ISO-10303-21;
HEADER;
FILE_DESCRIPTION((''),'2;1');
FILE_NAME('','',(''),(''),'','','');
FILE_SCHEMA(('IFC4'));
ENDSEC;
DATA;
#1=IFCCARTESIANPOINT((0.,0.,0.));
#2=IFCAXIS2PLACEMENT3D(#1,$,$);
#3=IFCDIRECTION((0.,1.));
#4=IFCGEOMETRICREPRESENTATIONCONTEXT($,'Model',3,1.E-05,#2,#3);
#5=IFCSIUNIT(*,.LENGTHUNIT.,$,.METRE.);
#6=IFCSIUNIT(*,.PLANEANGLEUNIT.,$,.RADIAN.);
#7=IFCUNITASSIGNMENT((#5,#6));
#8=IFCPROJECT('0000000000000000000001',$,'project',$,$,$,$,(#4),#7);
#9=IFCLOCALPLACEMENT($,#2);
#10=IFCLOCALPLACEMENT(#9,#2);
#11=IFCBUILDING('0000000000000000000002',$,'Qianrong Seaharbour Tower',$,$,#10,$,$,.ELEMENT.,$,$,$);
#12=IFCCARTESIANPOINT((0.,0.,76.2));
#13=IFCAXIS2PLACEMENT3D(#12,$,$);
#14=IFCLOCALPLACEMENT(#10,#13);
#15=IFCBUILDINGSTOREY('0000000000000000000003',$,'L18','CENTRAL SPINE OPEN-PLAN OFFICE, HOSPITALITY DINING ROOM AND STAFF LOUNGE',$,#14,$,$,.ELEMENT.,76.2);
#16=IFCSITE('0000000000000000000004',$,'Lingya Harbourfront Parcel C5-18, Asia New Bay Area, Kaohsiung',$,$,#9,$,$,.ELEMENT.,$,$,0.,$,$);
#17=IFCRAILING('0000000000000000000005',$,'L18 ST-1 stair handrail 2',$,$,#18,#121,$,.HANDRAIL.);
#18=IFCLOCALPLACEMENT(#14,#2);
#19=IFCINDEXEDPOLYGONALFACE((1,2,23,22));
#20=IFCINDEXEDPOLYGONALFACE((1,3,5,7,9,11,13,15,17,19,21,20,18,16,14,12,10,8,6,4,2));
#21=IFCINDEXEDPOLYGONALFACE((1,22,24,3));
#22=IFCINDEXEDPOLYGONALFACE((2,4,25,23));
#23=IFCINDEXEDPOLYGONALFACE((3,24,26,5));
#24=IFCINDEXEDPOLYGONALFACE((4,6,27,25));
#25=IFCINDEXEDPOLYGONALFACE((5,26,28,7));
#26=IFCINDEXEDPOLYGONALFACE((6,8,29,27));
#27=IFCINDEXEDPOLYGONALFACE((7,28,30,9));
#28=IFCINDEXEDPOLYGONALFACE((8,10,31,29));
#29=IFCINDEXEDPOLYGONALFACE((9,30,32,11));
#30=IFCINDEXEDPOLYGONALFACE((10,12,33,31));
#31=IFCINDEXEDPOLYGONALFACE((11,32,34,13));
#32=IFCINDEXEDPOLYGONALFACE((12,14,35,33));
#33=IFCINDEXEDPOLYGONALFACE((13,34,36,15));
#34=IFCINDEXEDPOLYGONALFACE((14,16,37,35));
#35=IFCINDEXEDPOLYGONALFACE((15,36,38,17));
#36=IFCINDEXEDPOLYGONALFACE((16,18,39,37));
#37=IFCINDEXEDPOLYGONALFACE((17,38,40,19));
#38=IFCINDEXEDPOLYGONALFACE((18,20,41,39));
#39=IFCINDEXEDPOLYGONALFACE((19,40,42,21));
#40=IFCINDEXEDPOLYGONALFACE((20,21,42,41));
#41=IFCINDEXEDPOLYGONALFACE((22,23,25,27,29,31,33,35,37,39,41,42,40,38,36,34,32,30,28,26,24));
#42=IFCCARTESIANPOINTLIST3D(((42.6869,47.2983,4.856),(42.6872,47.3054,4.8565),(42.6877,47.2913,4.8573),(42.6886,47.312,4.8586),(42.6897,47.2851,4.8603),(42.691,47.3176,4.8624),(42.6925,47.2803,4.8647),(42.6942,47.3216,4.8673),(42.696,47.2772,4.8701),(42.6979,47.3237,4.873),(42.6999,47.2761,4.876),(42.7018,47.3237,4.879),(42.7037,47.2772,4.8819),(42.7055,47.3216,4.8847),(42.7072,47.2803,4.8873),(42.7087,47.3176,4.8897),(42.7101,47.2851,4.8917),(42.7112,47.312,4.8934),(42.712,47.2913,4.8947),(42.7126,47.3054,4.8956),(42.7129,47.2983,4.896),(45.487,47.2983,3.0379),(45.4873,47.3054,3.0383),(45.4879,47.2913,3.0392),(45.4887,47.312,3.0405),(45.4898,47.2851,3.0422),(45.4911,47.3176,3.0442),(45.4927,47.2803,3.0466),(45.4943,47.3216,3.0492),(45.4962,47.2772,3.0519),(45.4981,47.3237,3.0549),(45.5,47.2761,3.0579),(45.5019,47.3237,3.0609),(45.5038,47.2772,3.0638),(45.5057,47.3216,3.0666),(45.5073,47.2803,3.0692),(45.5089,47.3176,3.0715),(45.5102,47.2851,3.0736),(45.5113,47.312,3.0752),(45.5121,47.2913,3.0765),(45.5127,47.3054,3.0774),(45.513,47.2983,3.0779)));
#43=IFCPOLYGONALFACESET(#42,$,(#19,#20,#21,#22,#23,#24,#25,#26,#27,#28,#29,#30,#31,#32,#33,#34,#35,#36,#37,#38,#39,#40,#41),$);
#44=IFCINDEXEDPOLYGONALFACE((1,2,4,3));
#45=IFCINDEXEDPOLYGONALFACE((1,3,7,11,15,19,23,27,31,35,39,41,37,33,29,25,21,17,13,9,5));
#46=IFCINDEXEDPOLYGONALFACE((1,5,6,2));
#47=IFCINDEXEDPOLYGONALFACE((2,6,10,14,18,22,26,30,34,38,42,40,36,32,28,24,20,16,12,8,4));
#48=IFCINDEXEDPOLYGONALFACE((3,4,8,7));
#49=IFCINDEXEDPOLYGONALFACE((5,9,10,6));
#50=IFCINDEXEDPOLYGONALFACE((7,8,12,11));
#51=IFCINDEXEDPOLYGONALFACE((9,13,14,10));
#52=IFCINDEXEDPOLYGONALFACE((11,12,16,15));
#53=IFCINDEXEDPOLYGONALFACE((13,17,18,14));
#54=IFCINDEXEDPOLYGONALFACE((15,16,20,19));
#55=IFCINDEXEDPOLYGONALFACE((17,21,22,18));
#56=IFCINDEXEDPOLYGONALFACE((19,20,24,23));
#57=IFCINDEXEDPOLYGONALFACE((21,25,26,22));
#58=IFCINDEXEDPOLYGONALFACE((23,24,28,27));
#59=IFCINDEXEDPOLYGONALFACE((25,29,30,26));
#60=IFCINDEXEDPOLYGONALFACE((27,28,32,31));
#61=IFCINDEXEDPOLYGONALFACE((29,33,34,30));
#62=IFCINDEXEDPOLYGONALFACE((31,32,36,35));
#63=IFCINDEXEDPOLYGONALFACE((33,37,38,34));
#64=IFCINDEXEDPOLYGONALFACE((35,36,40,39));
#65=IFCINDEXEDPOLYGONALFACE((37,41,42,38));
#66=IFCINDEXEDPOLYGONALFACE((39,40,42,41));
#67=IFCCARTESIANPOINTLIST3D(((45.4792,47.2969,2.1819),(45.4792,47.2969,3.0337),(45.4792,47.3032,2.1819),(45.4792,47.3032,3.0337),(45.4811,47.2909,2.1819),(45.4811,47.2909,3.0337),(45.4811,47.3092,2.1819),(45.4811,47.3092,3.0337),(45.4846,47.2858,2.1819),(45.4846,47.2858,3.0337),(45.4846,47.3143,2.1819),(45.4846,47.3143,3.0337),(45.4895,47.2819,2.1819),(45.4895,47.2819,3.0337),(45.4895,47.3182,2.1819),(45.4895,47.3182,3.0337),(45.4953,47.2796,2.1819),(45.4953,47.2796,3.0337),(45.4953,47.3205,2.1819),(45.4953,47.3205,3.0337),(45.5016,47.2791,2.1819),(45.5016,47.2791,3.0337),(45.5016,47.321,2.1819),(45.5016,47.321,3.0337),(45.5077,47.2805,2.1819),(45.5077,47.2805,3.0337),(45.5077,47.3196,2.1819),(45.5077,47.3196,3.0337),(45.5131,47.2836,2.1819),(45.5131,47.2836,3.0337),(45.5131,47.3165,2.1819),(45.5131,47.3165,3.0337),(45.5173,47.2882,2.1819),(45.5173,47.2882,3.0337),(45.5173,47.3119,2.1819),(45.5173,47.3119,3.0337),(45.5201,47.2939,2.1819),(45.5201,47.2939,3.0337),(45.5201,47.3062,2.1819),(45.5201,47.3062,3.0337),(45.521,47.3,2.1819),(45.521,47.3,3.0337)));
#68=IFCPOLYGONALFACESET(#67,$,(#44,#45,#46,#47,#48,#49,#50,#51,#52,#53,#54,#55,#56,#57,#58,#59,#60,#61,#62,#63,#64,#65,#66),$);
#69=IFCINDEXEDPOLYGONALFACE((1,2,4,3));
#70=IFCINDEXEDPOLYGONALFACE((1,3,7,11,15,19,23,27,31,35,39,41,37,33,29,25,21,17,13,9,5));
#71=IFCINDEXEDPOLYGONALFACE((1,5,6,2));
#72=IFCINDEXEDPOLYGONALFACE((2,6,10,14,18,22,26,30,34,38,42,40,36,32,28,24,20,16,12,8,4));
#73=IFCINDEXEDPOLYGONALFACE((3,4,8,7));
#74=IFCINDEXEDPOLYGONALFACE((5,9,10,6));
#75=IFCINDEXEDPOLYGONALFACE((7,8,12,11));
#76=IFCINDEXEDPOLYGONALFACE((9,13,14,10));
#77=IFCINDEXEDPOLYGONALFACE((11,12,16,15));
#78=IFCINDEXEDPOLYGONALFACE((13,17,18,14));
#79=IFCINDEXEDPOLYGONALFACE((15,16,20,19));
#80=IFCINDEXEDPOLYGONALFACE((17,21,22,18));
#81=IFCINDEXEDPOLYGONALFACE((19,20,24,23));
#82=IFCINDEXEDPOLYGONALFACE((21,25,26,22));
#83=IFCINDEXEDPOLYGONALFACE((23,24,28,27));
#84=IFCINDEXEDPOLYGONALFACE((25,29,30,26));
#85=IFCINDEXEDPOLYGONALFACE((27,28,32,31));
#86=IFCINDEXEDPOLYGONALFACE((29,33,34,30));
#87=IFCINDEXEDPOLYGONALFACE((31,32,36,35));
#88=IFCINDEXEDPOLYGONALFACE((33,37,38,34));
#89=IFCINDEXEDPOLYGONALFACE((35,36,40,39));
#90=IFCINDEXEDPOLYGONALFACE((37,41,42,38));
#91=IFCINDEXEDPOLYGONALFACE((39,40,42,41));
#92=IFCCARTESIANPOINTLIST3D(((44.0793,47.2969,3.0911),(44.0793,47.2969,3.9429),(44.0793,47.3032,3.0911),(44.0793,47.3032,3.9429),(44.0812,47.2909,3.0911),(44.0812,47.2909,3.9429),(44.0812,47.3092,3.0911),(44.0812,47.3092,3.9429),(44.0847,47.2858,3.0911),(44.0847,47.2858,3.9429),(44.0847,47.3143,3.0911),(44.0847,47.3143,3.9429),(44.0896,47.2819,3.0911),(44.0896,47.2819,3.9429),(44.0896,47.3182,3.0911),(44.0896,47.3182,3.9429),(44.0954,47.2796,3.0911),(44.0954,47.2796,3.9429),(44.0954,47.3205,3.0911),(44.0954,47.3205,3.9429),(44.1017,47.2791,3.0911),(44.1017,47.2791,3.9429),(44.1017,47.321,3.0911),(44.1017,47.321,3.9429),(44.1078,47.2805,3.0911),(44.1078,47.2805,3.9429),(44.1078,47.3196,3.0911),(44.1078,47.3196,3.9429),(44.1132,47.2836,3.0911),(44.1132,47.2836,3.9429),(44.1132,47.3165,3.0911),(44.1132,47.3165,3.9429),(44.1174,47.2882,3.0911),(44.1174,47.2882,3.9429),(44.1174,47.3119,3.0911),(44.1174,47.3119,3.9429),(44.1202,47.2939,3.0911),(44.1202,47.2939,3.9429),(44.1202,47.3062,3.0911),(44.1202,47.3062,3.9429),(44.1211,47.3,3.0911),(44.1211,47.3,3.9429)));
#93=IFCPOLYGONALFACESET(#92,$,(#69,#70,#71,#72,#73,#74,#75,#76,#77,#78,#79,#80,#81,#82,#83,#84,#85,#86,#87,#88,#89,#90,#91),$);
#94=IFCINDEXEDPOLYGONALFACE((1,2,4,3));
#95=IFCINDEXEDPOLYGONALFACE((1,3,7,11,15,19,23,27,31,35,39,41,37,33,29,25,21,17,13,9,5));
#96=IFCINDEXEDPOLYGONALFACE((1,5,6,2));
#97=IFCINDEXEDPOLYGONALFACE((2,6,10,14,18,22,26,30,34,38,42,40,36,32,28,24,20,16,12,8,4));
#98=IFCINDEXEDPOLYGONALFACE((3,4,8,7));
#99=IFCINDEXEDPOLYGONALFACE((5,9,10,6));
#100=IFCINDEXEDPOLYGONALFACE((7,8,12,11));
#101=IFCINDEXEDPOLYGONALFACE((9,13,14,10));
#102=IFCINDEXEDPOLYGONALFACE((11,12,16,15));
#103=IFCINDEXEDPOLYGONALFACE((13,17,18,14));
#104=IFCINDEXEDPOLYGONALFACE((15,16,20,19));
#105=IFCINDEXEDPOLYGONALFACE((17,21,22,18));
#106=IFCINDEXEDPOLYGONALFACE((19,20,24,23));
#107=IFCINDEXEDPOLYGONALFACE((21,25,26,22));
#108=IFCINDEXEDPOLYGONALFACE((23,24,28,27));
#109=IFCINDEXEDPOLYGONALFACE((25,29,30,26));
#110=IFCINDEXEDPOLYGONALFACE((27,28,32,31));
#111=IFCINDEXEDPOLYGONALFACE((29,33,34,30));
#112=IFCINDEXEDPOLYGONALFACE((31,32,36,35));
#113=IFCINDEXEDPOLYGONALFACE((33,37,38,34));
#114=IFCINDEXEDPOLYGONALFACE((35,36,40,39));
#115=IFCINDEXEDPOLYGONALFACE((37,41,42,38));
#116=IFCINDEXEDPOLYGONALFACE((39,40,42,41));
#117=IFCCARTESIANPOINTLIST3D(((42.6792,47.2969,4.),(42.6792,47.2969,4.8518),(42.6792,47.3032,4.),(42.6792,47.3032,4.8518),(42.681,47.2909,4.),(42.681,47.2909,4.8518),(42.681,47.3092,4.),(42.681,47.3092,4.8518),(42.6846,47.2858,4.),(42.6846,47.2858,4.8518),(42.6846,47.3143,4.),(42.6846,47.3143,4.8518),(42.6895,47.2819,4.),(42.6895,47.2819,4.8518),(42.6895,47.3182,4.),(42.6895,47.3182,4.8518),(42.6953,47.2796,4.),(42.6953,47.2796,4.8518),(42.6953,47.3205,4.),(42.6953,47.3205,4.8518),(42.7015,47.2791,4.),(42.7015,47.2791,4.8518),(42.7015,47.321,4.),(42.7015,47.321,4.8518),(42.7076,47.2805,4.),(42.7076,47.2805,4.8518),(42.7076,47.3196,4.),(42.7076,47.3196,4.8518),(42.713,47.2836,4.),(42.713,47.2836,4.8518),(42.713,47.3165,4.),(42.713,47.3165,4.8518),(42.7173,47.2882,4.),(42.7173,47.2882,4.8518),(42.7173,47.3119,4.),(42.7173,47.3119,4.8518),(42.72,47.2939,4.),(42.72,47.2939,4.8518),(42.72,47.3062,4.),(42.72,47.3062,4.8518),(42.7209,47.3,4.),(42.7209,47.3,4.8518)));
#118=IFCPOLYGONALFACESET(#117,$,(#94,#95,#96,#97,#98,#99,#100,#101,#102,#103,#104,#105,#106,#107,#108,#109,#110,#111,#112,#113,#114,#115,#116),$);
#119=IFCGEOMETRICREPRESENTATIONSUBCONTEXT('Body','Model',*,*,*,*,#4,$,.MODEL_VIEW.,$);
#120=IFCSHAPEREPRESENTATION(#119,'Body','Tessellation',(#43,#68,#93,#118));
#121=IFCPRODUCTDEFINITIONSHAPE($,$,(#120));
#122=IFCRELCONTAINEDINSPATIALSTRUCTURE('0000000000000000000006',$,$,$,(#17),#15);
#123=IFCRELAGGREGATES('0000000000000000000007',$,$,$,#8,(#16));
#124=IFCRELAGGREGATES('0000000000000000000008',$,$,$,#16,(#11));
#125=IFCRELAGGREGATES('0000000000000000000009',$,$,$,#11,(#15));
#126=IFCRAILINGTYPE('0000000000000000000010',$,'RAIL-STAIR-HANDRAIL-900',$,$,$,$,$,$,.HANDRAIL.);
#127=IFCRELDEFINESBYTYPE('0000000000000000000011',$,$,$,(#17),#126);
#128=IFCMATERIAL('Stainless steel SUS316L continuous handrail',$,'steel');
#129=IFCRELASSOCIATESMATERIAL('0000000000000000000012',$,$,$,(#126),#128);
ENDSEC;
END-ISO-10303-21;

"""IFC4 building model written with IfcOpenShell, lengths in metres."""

from ifc_helpers import new_model, si_unit, direction, frame, origin, origin_2d, place, context, subcontext, project, spatial, circle, extrude, material, type_object, element, save


model = new_model("IFC4")

# Units and contexts
model_context = context("Model", 3, precision=1e-05, world=origin(), true_north=direction((0.0, 1.0)))
body_context = subcontext(model_context, "Body", "Model", "MODEL_VIEW")
ifc_project = project(units=[si_unit("LENGTHUNIT", "METRE"), si_unit("PLANEANGLEUNIT", "RADIAN")], contexts=[model_context])

# Site, building, storey
site_placement = place(None, origin())
site = spatial("IfcSite", under=ifc_project, at=site_placement, Name="Lingya Harbourfront Parcel C5-18, Asia New Bay Area, Kaohsiung", CompositionType="ELEMENT", RefElevation=0.0)
building_placement = place(site_placement, origin())
building = spatial("IfcBuilding", under=site, at=building_placement, Name="Qianrong Seaharbour Tower", CompositionType="ELEMENT")
storey_placement = place(building_placement, frame((0.0, 0.0, 76.2)))
storey = spatial("IfcBuildingStorey", under=building, at=storey_placement, Name="L18", Description="CENTRAL SPINE OPEN-PLAN OFFICE, HOSPITALITY DINING ROOM AND STAFF LOUNGE", CompositionType="ELEMENT", Elevation=76.2)

# Railing
ifc_material_1 = material(Name="Stainless steel SUS316L continuous handrail", Category="steel")
railing_type_1 = type_object("IfcRailingType", Name="RAIL-STAIR-HANDRAIL-900", PredefinedType="HANDRAIL", material=ifc_material_1)
railing_1_placement = place(storey_placement, frame((45.5, 47.3, 2.1819)))
element("IfcRailing", 1, at=railing_1_placement, inside=storey, type_object=railing_type_1, Name="L18 ST-1 stair handrail 2", PredefinedType="HANDRAIL", context=body_context, shape_type="SweptSolid", body=[
    extrude(circle(Radius=0.0239, at=origin_2d()), frame((0.0, 0.0, 0.876), z_axis=(-0.838706, 0.0, 0.544585), x_axis=(0.0, -1.0, 0.0)), (0.0, 0.0, 1.0), 3.3386),
    extrude(circle(Radius=0.021, at=origin_2d()), origin(), (0.0, 0.0, 1.0), 0.8518),
    extrude(circle(Radius=0.021, at=origin_2d()), frame((-1.3999, 0.0, 0.9092)), (0.0, 0.0, 1.0), 0.8518),
    extrude(circle(Radius=0.021, at=origin_2d()), frame((-2.8, 0.0, 1.8181)), (0.0, 0.0, 1.0), 0.8518),
])

save(model, "model.ifc")
